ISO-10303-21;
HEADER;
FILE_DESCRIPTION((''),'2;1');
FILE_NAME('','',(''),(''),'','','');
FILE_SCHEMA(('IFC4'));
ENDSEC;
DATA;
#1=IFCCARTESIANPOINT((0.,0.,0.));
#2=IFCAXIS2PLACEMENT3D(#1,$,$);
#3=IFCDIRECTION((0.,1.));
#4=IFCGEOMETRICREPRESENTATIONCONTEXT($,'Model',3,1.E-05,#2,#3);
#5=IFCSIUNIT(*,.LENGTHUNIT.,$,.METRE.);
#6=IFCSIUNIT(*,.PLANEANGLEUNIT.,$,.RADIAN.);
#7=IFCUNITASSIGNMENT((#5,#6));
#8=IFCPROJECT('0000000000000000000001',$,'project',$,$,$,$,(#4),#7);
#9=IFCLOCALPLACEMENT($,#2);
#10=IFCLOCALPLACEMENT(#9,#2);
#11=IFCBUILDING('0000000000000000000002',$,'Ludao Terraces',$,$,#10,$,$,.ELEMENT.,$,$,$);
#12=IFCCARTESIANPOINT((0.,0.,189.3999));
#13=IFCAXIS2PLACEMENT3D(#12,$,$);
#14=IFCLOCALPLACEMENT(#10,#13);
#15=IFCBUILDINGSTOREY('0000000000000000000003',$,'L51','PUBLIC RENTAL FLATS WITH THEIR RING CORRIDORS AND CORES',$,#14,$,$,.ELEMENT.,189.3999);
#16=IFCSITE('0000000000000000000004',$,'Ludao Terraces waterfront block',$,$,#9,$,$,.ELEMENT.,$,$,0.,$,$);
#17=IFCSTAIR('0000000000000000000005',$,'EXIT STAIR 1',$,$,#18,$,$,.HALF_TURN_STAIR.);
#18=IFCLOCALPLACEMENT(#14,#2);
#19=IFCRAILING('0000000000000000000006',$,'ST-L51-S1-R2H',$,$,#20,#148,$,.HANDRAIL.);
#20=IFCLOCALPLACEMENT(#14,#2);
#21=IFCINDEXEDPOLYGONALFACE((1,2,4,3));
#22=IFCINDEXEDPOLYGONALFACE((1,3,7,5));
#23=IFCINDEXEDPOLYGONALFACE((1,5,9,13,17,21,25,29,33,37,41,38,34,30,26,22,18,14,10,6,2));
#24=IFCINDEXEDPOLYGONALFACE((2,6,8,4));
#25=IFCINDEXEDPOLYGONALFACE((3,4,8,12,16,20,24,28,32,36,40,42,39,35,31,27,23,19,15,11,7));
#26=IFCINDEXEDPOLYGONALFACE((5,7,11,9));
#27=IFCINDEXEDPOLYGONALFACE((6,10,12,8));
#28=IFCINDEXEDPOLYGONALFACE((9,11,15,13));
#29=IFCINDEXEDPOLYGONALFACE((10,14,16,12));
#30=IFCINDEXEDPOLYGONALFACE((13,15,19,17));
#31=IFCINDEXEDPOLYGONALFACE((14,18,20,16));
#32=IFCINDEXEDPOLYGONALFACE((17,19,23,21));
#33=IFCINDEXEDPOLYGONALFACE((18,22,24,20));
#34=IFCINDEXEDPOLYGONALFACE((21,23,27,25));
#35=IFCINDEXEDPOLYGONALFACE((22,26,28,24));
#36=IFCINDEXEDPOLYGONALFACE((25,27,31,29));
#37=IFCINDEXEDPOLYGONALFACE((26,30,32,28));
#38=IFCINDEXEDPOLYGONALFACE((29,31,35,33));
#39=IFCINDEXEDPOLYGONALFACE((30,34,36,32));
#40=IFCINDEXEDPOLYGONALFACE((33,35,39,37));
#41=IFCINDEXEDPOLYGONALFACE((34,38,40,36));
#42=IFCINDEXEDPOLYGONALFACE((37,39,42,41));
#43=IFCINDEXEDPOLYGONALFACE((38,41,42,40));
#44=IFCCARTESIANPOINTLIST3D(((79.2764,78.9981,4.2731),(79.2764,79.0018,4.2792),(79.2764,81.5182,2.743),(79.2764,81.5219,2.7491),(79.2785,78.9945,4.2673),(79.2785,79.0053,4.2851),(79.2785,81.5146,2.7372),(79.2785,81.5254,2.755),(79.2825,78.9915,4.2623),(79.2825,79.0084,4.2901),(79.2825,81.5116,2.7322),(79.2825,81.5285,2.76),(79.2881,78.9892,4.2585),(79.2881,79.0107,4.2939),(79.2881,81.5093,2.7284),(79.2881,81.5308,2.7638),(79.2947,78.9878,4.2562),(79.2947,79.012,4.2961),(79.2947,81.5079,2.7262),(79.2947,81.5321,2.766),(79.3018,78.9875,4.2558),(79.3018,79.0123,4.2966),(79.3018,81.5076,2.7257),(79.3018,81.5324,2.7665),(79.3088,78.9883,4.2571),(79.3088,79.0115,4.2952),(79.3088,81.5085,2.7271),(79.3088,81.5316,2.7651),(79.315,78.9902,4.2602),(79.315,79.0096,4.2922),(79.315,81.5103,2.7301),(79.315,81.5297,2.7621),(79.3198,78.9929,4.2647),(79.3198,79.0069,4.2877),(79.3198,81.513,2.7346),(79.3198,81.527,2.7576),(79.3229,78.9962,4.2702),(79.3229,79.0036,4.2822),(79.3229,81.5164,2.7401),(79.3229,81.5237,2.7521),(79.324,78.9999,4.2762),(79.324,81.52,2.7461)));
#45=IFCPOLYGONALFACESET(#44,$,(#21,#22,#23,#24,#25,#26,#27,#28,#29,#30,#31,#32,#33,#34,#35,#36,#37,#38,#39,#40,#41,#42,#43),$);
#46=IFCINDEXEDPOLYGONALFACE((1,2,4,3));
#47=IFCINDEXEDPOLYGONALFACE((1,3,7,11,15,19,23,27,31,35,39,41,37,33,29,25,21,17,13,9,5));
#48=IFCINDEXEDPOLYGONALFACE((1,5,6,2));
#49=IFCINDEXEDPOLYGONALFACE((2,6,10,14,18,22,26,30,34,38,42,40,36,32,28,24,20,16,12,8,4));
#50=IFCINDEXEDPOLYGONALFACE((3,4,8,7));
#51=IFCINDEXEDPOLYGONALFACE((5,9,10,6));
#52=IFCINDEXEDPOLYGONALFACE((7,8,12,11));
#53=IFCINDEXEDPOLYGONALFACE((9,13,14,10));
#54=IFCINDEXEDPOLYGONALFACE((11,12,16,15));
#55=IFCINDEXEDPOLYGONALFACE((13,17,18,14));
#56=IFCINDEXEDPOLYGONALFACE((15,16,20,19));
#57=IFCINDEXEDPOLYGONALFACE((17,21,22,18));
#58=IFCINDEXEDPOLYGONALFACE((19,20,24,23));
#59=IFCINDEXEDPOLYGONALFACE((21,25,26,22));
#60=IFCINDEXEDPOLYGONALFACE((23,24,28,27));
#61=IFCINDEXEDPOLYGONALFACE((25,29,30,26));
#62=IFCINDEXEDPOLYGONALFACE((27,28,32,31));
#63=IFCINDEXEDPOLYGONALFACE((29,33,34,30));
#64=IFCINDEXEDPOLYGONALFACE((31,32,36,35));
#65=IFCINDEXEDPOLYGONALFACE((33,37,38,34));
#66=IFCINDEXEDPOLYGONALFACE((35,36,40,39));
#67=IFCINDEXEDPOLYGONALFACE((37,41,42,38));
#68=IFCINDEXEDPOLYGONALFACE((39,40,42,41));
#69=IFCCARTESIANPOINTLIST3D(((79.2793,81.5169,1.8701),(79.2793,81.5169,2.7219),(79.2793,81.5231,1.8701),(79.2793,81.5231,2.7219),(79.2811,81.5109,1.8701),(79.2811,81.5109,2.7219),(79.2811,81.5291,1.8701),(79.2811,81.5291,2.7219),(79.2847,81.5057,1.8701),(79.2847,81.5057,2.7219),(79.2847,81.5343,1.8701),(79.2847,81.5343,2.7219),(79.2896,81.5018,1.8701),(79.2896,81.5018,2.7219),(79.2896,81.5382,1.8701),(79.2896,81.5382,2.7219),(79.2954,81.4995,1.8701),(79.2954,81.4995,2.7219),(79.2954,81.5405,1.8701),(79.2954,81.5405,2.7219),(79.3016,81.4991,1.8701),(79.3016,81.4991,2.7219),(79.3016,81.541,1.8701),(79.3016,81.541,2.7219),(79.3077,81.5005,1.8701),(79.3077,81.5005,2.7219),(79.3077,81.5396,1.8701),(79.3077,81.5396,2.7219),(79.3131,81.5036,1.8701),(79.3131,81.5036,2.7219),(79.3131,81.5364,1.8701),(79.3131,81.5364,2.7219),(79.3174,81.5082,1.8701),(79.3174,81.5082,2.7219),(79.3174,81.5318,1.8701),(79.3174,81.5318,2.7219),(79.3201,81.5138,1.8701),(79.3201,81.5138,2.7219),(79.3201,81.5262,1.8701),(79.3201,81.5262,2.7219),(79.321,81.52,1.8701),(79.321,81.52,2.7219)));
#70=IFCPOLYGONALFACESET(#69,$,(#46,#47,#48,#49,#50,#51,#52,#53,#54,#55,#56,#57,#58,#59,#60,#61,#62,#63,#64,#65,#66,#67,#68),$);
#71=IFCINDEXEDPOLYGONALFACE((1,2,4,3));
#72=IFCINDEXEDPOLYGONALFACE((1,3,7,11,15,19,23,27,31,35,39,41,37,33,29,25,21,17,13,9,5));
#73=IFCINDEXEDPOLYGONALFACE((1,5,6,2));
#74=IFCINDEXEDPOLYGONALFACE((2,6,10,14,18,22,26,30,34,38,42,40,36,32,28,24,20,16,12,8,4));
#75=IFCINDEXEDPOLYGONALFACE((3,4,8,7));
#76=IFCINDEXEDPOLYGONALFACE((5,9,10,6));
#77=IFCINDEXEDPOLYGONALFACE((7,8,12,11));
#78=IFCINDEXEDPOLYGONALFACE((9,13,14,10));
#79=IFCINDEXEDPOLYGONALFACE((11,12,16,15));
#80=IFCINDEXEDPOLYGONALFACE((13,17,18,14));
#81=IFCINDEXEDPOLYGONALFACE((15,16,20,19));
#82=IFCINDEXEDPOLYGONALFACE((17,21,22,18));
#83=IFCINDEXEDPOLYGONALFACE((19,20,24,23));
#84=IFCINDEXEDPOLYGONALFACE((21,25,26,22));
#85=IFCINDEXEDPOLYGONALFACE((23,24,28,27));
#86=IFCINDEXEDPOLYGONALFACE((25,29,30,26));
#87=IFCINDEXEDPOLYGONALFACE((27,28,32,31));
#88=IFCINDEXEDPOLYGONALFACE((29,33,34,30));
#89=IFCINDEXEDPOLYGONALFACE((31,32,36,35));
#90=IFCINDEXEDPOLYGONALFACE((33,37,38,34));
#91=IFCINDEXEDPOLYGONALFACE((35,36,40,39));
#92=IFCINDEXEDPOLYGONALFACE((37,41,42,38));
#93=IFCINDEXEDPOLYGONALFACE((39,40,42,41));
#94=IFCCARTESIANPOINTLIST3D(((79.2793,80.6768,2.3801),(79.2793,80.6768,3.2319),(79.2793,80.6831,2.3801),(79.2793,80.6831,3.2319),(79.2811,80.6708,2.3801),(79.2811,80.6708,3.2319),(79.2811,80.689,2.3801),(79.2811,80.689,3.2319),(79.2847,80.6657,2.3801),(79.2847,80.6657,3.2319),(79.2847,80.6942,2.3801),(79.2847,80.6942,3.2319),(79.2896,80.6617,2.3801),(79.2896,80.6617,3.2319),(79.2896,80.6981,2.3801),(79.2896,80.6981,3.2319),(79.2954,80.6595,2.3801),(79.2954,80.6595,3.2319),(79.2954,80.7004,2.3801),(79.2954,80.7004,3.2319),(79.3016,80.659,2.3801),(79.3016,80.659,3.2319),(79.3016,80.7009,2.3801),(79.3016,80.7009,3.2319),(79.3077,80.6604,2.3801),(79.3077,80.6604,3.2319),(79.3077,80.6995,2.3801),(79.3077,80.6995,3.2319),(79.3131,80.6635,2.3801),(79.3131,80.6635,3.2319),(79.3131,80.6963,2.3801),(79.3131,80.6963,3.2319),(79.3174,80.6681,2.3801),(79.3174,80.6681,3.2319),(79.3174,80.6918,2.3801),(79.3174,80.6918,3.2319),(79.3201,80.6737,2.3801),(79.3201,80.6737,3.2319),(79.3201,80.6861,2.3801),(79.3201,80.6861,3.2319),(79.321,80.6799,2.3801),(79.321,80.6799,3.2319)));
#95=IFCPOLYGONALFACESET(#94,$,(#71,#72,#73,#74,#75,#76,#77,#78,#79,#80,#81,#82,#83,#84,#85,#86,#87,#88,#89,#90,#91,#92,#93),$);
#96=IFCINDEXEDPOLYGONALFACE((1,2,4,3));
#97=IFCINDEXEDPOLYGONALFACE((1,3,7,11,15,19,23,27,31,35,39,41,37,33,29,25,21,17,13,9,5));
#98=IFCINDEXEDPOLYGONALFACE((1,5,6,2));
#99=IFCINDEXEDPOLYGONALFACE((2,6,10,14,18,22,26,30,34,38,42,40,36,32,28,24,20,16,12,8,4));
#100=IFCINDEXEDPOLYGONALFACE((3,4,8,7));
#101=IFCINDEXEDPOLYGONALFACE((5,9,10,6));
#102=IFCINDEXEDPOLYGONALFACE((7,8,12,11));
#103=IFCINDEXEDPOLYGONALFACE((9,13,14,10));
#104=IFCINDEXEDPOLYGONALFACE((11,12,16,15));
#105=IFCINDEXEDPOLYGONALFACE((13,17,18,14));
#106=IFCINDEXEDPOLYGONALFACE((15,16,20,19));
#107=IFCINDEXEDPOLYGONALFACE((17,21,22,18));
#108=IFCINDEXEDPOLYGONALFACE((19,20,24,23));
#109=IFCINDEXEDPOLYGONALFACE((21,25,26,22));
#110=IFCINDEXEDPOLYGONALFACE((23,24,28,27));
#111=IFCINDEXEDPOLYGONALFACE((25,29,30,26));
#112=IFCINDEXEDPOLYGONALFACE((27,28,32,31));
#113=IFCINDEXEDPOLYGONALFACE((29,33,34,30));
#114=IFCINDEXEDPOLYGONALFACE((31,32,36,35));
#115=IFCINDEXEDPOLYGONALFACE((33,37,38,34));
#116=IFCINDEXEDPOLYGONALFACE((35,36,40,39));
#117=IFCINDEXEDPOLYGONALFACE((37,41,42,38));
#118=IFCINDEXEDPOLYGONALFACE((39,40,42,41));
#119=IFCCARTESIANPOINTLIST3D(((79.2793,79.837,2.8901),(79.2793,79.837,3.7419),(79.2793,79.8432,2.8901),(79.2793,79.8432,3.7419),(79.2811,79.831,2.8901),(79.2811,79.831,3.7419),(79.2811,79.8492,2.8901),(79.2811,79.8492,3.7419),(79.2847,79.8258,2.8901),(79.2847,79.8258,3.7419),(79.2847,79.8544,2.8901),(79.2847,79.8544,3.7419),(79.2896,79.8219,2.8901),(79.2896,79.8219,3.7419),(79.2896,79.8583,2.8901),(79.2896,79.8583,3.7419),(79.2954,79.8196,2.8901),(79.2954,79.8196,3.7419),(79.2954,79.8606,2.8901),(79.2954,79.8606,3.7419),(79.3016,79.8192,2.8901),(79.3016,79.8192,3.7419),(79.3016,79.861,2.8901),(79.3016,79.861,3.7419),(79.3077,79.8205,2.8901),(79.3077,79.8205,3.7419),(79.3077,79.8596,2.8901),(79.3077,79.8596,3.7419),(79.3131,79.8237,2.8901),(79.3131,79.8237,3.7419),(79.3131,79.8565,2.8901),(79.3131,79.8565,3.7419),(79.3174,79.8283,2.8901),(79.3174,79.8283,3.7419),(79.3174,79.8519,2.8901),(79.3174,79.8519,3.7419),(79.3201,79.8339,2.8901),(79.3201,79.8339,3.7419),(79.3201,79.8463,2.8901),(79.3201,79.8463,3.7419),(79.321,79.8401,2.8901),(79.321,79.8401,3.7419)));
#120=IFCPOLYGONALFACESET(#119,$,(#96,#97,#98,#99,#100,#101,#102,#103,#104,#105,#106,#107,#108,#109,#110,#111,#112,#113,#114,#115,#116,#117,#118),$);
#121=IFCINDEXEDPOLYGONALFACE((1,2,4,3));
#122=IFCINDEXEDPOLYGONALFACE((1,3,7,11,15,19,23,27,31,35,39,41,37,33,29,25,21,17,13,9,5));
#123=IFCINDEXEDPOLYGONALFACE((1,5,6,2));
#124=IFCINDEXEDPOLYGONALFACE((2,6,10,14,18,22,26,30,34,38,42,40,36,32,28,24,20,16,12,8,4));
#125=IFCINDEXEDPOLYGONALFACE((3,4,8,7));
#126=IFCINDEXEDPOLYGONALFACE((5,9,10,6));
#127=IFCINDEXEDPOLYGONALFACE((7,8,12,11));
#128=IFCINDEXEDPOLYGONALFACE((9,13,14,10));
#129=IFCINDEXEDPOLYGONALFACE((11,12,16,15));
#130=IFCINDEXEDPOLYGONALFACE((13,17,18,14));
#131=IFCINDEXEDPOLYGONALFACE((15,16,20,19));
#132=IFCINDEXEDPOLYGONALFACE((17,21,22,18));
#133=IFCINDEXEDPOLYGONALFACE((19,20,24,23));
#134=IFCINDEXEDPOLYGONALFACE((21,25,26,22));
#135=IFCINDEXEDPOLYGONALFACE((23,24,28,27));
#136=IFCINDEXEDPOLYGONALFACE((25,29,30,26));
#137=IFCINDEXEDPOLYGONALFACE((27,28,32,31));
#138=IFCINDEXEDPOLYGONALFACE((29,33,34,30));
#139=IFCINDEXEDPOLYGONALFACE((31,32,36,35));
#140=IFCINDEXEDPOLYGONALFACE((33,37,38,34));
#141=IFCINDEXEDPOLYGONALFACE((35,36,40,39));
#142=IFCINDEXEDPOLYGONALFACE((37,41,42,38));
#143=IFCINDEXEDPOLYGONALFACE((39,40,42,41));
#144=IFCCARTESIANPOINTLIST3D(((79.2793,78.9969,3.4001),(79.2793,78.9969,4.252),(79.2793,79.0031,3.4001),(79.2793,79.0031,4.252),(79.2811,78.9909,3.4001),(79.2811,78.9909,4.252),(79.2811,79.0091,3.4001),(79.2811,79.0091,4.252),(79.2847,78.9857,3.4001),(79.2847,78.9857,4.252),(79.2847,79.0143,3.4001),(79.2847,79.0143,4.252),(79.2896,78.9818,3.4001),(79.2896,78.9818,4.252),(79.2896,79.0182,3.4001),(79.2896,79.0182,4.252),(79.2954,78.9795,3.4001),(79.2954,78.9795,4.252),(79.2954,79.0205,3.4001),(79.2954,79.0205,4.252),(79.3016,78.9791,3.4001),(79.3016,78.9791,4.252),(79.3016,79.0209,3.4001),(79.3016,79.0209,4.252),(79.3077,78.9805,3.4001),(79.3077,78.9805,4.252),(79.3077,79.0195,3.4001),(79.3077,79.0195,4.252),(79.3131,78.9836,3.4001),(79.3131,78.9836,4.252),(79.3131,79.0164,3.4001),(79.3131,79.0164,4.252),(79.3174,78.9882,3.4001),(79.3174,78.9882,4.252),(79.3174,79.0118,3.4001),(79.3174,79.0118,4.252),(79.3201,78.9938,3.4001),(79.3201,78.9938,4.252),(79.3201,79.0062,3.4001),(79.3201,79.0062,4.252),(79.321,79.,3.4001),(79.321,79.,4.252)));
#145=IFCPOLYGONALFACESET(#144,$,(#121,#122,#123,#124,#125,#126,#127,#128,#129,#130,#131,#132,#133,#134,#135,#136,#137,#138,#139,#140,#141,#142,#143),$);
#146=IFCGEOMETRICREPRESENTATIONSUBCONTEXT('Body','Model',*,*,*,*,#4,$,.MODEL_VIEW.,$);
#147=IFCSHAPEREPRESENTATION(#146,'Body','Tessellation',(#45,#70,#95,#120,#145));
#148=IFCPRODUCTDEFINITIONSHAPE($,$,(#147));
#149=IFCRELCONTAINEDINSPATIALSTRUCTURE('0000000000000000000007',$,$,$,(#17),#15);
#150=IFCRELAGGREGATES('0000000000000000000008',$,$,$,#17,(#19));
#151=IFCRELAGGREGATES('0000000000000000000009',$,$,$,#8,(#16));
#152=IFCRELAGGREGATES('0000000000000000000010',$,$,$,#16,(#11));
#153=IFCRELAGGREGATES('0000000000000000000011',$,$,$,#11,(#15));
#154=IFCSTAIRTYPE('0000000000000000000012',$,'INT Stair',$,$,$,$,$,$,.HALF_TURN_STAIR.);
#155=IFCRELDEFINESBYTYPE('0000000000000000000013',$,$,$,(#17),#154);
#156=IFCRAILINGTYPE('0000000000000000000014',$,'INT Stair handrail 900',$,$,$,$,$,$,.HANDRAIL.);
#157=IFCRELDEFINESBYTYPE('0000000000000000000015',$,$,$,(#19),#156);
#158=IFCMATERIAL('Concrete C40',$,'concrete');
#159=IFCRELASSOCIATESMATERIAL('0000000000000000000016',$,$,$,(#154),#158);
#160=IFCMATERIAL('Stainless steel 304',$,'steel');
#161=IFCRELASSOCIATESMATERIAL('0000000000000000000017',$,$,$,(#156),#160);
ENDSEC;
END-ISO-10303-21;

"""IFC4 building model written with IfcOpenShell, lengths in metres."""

from ifc_helpers import new_model, si_unit, direction, frame, origin, origin_2d, place, context, subcontext, project, spatial, circle, extrude, material, type_object, element, aggregate, save


model = new_model("IFC4")

# Units and contexts
model_context = context("Model", 3, precision=1e-05, world=origin(), true_north=direction((0.0, 1.0)))
body_context = subcontext(model_context, "Body", "Model", "MODEL_VIEW")
ifc_project = project(units=[si_unit("LENGTHUNIT", "METRE"), si_unit("PLANEANGLEUNIT", "RADIAN")], contexts=[model_context])

# Site, building, storey
site_placement = place(None, origin())
site = spatial("IfcSite", under=ifc_project, at=site_placement, Name="Ludao Terraces waterfront block", CompositionType="ELEMENT", RefElevation=0.0)
building_placement = place(site_placement, origin())
building = spatial("IfcBuilding", under=site, at=building_placement, Name="Ludao Terraces", CompositionType="ELEMENT")
storey_placement = place(building_placement, frame((0.0, 0.0, 189.3999)))
storey = spatial("IfcBuildingStorey", under=building, at=storey_placement, Name="L51", Description="PUBLIC RENTAL FLATS WITH THEIR RING CORRIDORS AND CORES", CompositionType="ELEMENT", Elevation=189.3999)

# Shared definitions
ifc_material_1 = material(Name="Concrete C40", Category="concrete")

# Shared definitions
ifc_material_2 = material(Name="Stainless steel 304", Category="steel")

# Stair, railing
stair_type = type_object("IfcStairType", Name="INT Stair", PredefinedType="HALF_TURN_STAIR", material=ifc_material_1)
stair_placement = place(storey_placement, origin())
stair = element("IfcStair", 1, at=stair_placement, inside=storey, type_object=stair_type, Name="EXIT STAIR 1", PredefinedType="HALF_TURN_STAIR")
railing_type_1 = type_object("IfcRailingType", Name="INT Stair handrail 900", PredefinedType="HANDRAIL", material=ifc_material_2)
railing_1_placement = place(storey_placement, frame((79.3, 81.52, 1.8701)))
railing_1 = element("IfcRailing", 2, at=railing_1_placement, type_object=railing_type_1, Name="ST-L51-S1-R2H", PredefinedType="HANDRAIL", context=body_context, shape_type="SweptSolid", body=[
    extrude(circle(Radius=0.0239, at=origin_2d()), frame((0.0, 0.0, 0.876), z_axis=(0.0, -0.854785, 0.518982), x_axis=(1.0, 0.0, 0.0)), (0.0, 0.0, 1.0), 2.9482),
    extrude(circle(Radius=0.021, at=origin_2d()), origin(), (0.0, 0.0, 1.0), 0.8518),
    extrude(circle(Radius=0.021, at=origin_2d()), frame((0.0, -0.8401, 0.51)), (0.0, 0.0, 1.0), 0.8518),
    extrude(circle(Radius=0.021, at=origin_2d()), frame((0.0, -1.6799, 1.02)), (0.0, 0.0, 1.0), 0.8518),
    extrude(circle(Radius=0.021, at=origin_2d()), frame((0.0, -2.52, 1.53)), (0.0, 0.0, 1.0), 0.8518),
])
aggregate(stair, [railing_1])

save(model, "model.ifc")
